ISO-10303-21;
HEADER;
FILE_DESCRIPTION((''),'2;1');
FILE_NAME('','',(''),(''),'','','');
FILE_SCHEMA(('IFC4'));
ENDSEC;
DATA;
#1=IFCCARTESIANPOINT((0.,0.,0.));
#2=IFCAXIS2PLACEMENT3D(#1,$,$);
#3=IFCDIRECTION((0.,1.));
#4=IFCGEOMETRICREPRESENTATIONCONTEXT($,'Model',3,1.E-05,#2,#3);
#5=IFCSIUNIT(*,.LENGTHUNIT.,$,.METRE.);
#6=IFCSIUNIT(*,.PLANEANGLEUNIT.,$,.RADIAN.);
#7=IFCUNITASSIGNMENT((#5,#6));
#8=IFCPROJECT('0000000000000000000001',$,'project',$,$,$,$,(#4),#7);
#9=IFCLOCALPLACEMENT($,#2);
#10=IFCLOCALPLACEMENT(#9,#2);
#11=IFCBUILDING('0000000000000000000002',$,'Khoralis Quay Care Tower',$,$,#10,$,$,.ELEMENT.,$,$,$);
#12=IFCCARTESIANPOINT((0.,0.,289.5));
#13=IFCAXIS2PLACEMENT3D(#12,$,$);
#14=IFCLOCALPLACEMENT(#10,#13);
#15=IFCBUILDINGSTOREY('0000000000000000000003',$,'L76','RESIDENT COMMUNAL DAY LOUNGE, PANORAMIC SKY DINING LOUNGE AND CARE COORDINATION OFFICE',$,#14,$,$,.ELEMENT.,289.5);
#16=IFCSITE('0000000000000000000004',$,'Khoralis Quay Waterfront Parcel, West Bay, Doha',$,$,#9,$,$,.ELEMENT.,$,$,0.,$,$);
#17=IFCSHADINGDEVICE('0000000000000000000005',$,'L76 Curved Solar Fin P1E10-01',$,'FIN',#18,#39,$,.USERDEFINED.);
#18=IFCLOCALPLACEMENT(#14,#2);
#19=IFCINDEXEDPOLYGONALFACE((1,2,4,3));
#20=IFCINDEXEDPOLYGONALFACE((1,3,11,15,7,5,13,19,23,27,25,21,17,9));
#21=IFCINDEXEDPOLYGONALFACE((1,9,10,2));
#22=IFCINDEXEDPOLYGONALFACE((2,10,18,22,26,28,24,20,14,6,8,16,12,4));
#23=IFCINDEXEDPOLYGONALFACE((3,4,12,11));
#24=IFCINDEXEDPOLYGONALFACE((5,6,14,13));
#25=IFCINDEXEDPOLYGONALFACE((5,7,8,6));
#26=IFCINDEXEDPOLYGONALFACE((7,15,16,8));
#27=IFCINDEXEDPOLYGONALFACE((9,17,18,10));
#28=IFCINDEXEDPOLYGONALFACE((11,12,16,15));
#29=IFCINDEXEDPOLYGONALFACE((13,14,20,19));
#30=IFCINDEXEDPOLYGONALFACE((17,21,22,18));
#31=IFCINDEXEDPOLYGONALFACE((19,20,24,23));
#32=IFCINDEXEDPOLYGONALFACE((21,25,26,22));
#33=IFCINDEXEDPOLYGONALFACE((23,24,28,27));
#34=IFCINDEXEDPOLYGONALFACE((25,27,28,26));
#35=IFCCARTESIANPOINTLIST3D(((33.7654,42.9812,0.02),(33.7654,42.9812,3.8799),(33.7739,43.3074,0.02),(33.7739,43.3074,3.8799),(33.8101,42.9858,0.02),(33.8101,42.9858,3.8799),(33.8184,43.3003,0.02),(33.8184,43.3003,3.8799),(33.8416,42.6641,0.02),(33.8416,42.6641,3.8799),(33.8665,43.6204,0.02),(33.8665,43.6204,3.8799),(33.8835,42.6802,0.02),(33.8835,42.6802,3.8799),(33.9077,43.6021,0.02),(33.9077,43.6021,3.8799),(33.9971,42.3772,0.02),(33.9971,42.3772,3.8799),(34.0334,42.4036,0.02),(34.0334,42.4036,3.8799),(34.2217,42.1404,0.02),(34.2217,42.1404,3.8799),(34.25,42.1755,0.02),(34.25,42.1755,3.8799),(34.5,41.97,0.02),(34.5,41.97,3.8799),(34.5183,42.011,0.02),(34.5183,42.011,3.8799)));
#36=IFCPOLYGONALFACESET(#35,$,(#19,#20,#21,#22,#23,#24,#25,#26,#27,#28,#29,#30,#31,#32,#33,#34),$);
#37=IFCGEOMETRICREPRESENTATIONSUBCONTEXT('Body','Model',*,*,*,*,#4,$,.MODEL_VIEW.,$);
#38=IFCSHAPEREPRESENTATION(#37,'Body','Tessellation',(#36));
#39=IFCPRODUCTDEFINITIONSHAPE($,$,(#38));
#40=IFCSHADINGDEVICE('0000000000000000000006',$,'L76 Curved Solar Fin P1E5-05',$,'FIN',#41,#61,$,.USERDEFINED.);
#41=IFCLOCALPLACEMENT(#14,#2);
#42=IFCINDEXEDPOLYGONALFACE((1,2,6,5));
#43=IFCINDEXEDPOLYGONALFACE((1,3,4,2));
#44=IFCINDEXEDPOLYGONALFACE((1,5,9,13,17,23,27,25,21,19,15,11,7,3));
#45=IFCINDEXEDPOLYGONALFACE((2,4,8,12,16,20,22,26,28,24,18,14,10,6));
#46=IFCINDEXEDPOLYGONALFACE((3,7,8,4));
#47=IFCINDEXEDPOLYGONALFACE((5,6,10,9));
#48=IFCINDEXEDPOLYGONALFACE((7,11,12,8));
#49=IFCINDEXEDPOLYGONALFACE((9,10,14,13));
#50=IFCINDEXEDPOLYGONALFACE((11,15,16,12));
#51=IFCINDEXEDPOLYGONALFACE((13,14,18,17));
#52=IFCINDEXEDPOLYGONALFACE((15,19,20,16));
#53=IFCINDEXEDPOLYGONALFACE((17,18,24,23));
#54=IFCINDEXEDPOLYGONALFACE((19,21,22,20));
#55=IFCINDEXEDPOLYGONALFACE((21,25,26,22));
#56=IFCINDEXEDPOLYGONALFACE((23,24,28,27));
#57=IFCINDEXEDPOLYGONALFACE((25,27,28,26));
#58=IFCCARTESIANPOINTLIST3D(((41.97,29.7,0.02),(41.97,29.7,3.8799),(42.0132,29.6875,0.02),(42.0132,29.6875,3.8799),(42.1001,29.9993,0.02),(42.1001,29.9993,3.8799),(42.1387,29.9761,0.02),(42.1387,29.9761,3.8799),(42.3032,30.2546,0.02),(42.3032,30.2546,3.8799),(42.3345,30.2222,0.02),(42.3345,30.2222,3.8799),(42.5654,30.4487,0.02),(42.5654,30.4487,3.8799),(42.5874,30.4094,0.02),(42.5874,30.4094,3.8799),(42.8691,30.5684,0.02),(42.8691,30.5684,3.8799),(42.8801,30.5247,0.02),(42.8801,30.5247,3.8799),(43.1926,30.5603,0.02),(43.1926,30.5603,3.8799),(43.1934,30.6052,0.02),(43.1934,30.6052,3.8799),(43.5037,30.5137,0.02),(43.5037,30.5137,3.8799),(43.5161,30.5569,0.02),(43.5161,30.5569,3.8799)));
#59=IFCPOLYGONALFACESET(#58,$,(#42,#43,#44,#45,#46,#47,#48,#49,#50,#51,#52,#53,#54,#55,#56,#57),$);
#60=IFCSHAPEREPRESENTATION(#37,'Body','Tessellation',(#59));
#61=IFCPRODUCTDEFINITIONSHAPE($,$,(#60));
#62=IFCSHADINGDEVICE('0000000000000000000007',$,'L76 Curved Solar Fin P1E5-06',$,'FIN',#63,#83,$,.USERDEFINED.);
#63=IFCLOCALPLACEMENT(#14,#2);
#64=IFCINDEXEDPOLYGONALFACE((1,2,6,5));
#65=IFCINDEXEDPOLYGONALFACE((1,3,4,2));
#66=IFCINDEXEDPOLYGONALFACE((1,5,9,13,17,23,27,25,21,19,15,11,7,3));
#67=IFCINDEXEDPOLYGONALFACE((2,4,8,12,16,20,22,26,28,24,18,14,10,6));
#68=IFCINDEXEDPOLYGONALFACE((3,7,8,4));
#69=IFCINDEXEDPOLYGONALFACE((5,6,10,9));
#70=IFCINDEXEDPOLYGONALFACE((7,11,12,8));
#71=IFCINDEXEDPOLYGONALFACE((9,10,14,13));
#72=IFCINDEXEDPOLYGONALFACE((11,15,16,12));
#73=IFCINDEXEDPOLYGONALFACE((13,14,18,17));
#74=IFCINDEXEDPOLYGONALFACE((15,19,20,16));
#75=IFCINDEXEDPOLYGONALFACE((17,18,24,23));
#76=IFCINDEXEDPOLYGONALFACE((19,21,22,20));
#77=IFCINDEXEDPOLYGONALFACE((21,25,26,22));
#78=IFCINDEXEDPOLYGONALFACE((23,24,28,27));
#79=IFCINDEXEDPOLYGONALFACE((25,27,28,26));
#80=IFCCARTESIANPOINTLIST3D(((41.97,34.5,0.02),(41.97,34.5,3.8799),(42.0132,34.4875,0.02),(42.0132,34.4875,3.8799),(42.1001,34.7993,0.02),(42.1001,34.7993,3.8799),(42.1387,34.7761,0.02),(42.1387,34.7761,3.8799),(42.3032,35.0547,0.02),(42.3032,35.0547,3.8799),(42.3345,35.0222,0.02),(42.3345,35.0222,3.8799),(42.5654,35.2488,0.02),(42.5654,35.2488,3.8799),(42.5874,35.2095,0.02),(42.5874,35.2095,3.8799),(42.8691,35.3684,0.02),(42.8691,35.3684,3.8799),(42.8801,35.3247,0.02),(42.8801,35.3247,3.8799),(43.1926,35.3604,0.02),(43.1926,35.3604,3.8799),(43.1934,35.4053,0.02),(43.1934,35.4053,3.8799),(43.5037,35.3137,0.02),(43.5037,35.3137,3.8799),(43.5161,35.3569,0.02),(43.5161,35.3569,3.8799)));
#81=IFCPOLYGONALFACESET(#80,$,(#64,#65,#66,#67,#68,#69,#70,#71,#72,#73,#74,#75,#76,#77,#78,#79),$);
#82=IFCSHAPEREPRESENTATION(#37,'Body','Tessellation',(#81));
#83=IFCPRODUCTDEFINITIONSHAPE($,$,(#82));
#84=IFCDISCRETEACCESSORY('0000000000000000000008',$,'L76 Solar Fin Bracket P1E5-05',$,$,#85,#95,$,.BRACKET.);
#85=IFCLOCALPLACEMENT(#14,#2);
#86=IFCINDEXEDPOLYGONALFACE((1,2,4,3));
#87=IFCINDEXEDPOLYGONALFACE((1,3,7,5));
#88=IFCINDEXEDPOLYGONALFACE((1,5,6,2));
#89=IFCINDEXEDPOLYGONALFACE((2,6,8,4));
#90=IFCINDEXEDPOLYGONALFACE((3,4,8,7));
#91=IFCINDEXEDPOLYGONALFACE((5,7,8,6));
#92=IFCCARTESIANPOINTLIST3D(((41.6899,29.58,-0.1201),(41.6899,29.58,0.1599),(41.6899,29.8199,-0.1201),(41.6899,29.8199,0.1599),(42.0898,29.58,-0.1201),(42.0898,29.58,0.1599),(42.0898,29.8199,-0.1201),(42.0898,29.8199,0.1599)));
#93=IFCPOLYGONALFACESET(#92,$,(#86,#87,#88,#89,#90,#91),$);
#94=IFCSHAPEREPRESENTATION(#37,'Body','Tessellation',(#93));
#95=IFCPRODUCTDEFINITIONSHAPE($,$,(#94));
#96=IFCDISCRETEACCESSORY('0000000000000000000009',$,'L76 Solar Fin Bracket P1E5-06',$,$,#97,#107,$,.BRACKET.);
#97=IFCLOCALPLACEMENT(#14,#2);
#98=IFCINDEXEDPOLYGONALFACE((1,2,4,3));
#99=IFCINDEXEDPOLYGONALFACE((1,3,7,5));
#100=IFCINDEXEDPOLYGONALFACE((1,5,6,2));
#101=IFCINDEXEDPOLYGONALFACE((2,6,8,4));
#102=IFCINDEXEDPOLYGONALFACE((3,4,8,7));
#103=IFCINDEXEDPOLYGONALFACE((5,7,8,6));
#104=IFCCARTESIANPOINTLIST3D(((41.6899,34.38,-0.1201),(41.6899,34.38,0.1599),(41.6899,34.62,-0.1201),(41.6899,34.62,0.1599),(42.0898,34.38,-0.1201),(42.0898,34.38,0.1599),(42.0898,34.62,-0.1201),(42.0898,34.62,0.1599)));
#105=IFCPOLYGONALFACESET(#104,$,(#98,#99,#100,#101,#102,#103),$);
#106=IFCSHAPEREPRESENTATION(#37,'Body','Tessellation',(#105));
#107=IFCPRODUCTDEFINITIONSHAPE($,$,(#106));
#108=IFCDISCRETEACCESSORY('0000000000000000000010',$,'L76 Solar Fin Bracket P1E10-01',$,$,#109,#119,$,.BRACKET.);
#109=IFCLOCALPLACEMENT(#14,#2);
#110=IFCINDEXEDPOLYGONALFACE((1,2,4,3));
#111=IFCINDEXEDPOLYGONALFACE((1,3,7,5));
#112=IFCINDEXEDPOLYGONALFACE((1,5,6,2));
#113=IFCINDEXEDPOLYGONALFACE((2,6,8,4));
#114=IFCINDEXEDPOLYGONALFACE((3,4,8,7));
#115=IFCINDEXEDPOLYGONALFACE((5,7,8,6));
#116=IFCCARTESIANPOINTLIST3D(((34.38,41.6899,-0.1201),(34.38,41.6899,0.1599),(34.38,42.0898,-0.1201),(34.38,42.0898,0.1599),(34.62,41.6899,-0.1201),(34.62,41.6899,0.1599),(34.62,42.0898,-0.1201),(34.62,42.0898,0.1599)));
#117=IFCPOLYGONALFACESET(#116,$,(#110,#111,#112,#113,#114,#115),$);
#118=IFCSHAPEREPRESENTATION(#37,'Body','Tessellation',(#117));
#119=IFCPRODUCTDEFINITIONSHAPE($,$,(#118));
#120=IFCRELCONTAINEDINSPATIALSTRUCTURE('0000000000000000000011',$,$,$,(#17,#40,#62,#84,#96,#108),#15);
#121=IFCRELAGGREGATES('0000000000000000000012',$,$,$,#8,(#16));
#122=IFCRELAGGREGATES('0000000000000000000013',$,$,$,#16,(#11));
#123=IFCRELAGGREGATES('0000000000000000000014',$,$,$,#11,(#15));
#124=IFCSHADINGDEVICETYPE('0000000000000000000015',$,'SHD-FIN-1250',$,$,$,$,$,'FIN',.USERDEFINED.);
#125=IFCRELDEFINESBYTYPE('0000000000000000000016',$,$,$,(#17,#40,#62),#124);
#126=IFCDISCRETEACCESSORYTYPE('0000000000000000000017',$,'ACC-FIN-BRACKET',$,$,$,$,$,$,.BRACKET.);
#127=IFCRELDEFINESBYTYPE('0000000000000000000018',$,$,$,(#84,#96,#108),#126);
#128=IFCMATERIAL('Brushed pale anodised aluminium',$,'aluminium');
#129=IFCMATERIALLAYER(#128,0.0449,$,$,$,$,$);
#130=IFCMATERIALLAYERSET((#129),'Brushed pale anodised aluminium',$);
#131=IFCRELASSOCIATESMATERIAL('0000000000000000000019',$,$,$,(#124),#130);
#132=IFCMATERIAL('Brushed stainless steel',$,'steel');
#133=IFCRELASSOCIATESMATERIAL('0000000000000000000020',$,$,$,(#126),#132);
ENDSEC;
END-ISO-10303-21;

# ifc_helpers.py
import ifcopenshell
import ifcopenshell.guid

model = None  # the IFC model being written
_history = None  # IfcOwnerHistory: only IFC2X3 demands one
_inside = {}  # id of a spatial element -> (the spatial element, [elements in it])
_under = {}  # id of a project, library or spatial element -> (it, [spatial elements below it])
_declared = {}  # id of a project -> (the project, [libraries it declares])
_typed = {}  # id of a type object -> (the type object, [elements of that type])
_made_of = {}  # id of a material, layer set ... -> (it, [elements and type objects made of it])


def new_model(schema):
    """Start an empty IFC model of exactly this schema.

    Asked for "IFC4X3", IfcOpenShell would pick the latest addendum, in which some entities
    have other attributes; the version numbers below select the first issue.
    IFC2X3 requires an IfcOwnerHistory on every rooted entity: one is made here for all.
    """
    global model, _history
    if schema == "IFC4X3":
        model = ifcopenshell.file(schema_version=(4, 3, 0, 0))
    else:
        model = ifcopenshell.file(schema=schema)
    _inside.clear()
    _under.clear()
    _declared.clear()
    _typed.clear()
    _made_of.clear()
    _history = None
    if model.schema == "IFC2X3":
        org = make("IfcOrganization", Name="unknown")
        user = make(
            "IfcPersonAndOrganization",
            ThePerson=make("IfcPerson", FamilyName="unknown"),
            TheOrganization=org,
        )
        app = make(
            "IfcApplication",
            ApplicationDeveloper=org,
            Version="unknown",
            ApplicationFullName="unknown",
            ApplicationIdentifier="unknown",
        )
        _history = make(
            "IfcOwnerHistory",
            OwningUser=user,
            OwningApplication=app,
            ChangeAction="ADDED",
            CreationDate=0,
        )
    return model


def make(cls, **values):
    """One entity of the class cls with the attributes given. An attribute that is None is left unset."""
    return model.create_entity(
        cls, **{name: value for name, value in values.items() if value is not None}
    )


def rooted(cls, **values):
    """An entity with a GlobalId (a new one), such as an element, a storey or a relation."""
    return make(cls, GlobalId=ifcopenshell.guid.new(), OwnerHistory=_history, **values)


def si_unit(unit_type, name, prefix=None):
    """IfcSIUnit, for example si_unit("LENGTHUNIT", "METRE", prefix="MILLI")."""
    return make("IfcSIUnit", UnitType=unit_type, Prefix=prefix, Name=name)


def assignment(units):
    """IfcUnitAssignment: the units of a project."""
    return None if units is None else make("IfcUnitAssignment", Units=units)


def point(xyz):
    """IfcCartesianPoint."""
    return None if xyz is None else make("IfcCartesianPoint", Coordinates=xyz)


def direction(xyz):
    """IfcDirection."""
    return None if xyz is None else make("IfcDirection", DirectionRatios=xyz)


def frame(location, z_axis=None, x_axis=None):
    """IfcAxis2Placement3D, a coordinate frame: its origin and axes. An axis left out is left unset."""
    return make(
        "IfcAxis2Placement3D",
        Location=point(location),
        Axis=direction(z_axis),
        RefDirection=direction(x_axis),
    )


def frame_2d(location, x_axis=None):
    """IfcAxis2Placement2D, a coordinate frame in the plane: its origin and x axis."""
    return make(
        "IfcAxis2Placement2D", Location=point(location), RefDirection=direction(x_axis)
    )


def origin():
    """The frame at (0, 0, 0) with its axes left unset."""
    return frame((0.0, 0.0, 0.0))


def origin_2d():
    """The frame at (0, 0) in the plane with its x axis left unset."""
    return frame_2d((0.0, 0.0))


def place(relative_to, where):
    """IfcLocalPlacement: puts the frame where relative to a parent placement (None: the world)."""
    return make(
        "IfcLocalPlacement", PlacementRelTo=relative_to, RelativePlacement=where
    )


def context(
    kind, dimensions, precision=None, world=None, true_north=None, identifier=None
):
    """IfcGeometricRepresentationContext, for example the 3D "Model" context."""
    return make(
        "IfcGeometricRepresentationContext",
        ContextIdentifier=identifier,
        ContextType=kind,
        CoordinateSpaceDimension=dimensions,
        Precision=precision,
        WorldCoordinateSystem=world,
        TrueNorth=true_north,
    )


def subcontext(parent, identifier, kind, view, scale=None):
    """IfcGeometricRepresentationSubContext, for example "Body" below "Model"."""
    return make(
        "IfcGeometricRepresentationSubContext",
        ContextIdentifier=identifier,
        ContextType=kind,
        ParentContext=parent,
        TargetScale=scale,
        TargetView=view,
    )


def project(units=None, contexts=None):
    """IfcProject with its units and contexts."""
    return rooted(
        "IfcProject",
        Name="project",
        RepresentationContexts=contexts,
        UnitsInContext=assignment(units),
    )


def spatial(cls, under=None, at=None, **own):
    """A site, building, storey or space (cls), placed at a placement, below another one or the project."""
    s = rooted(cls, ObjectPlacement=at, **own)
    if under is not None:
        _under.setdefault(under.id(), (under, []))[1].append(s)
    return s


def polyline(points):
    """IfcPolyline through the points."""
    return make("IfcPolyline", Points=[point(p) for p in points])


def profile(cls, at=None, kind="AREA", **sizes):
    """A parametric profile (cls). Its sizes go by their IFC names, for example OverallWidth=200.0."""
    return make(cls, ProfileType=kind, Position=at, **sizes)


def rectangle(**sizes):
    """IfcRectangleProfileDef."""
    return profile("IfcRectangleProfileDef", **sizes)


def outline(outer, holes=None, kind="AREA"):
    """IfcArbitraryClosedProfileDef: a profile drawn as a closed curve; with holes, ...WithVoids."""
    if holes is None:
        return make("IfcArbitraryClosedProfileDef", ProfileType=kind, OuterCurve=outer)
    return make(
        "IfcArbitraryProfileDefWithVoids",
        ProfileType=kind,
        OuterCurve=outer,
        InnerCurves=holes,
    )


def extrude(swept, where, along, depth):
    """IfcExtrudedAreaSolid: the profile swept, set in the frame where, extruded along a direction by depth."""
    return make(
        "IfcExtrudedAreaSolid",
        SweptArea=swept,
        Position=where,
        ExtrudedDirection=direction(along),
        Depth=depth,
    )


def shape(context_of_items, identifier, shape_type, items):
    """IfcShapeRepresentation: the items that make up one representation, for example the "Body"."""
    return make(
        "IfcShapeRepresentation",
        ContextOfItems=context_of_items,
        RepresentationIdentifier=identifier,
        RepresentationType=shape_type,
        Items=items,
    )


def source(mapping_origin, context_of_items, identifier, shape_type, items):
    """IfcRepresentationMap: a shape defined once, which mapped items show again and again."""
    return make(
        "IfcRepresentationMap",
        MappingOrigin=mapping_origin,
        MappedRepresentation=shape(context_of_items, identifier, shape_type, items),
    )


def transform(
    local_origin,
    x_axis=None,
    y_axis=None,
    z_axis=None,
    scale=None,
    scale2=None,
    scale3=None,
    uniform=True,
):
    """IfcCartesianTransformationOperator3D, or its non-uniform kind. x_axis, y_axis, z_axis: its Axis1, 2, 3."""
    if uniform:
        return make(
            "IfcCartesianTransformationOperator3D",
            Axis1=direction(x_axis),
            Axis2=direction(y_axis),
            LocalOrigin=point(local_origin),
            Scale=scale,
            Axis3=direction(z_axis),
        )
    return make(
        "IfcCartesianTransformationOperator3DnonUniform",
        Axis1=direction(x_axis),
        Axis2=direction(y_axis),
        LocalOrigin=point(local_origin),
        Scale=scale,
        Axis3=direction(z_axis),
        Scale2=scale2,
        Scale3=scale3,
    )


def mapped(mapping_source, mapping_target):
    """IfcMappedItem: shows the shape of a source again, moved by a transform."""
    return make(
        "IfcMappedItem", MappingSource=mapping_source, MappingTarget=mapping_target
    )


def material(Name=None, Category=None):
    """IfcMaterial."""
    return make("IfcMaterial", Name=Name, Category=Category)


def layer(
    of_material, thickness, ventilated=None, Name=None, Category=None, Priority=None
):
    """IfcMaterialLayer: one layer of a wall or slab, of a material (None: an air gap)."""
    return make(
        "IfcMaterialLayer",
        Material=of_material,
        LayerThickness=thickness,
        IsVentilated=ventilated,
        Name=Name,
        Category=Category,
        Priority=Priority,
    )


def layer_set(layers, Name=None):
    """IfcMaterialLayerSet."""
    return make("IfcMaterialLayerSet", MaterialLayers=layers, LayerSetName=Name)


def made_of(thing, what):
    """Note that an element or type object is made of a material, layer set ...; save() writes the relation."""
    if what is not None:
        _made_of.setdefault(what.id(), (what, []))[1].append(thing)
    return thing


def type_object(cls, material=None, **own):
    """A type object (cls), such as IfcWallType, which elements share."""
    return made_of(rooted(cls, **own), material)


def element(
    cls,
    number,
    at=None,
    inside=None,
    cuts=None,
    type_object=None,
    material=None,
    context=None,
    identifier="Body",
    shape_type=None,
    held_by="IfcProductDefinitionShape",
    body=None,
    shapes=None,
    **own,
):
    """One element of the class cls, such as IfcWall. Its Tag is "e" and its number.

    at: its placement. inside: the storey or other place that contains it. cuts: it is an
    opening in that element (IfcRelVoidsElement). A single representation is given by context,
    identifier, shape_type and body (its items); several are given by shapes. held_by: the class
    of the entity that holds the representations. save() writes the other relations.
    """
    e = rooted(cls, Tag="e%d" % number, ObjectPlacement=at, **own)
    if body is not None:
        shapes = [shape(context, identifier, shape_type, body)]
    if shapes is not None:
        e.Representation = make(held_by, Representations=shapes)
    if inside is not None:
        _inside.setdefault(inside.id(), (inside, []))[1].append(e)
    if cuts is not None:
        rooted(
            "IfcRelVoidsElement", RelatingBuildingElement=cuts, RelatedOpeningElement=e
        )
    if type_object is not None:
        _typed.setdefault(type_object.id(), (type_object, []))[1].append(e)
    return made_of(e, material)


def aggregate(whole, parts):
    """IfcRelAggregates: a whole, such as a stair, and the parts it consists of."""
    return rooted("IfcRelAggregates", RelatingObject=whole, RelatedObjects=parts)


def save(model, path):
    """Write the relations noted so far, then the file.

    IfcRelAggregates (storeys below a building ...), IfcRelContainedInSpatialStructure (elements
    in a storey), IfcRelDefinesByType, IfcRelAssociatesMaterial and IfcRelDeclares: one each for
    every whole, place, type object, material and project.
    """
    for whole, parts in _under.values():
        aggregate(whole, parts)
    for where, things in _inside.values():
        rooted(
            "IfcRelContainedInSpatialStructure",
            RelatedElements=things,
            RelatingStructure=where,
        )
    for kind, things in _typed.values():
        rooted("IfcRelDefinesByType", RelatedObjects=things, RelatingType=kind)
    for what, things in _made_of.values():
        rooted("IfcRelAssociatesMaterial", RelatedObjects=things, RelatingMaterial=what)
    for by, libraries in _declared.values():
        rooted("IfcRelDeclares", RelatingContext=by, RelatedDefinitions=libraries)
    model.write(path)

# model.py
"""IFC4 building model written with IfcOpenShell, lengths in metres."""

from ifc_helpers import new_model, si_unit, direction, frame, origin, origin_2d, place, context, subcontext, project, spatial, polyline, rectangle, outline, extrude, source, transform, mapped, material, layer, layer_set, type_object, element, save


model = new_model("IFC4")

# Units and contexts
model_context = context("Model", 3, precision=1e-05, world=origin(), true_north=direction((0.0, 1.0)))
body_context = subcontext(model_context, "Body", "Model", "MODEL_VIEW")
ifc_project = project(units=[si_unit("LENGTHUNIT", "METRE"), si_unit("PLANEANGLEUNIT", "RADIAN")], contexts=[model_context])

# Site, building, storey
site_placement = place(None, origin())
site = spatial("IfcSite", under=ifc_project, at=site_placement, Name="Khoralis Quay Waterfront Parcel, West Bay, Doha", CompositionType="ELEMENT", RefElevation=0.0)
building_placement = place(site_placement, origin())
building = spatial("IfcBuilding", under=site, at=building_placement, Name="Khoralis Quay Care Tower", CompositionType="ELEMENT")
storey_placement = place(building_placement, frame((0.0, 0.0, 289.5)))
storey = spatial("IfcBuildingStorey", under=building, at=storey_placement, Name="L76", Description="RESIDENT COMMUNAL DAY LOUNGE, PANORAMIC SKY DINING LOUNGE AND CARE COORDINATION OFFICE", CompositionType="ELEMENT", Elevation=289.5)

# Shading devices
ifc_material_1 = material(Name="Brushed pale anodised aluminium", Category="aluminium")
ifc_layer_1 = layer(ifc_material_1, 0.0449)
ifc_layer_set_1 = layer_set([ifc_layer_1], Name="Brushed pale anodised aluminium")
shading_device_type = type_object("IfcShadingDeviceType", Name="SHD-FIN-1250", ElementType="FIN", PredefinedType="USERDEFINED", material=ifc_layer_set_1)
shared_shape_1 = source(origin(), body_context, "Body", "SweptSolid", [
    extrude(outline(polyline([(0.0, 0.0), (0.1704, 0.2783), (0.4072, 0.5029), (0.6941, 0.6584), (1.0112, 0.7346), (1.3374, 0.7261), (1.6504, 0.6335), (1.6321, 0.5923), (1.3303, 0.6816), (1.0159, 0.6899), (0.7102, 0.6165), (0.4336, 0.4666), (0.2056, 0.25), (0.041, -0.0183), (0.0, 0.0)])), origin(), (0.0, 0.0, 1.0), 3.8599),
])
shading_device_placement = place(storey_placement, frame((34.5, 41.97, 0.02), z_axis=(0.0, 0.0, 1.0), x_axis=(0.0, 1.0, 0.0)))
element("IfcShadingDevice", 1, at=shading_device_placement, inside=storey, type_object=shading_device_type, Name="L76 Curved Solar Fin P1E10-01", ObjectType="FIN", PredefinedType="USERDEFINED", context=body_context, shape_type="MappedRepresentation", body=[
    mapped(shared_shape_1, transform((0.0, 0.0, 0.0), scale=1.0)),
])
shared_shape_2 = source(origin(), body_context, "Body", "SweptSolid", [
    extrude(outline(polyline([(0.0, 0.0), (0.1301, 0.2993), (0.3333, 0.5547), (0.5955, 0.7488), (0.8992, 0.8684), (1.2234, 0.9053), (1.5461, 0.8569), (1.5337, 0.8137), (1.2227, 0.8604), (0.9102, 0.8247), (0.6174, 0.7095), (0.3645, 0.5222), (0.1687, 0.2761), (0.0432, -0.0125), (0.0, 0.0)])), origin(), (0.0, 0.0, 1.0), 3.8599),
])
for number, where, z_axis, x_axis, name in (
    (2, (41.97, 29.7, 0.02), (0.0, 0.0, 1.0), (1.0, 0.0, 0.0), "L76 Curved Solar Fin P1E5-05"),
    (3, (41.97, 34.5, 0.02), (0.0, 0.0, 1.0), (1.0, 0.0, 0.0), "L76 Curved Solar Fin P1E5-06"),
):
    element("IfcShadingDevice", number, at=place(storey_placement, frame(where, z_axis=z_axis, x_axis=x_axis)), inside=storey, type_object=shading_device_type, Name=name, ObjectType="FIN", PredefinedType="USERDEFINED", context=body_context, shape_type="MappedRepresentation", body=[
        mapped(shared_shape_2, transform((0.0, 0.0, 0.0), scale=1.0)),
    ])

# Discrete accessories
ifc_material_2 = material(Name="Brushed stainless steel", Category="steel")
discrete_accessory_type = type_object("IfcDiscreteAccessoryType", Name="ACC-FIN-BRACKET", PredefinedType="BRACKET", material=ifc_material_2)
shared_shape_3 = source(origin(), body_context, "Body", "SweptSolid", [
    extrude(rectangle(XDim=0.3999, YDim=0.24, at=origin_2d()), origin(), (0.0, 0.0, 1.0), 0.28),
])
for number, where, z_axis, x_axis, name in (
    (4, (41.8899, 29.7, -0.1201), (0.0, 0.0, 1.0), (1.0, 0.0, 0.0), "L76 Solar Fin Bracket P1E5-05"),
    (5, (41.8899, 34.5, -0.1201), (0.0, 0.0, 1.0), (1.0, 0.0, 0.0), "L76 Solar Fin Bracket P1E5-06"),
    (6, (34.5, 41.8899, -0.1201), (0.0, 0.0, 1.0), (0.0, 1.0, 0.0), "L76 Solar Fin Bracket P1E10-01"),
):
    element("IfcDiscreteAccessory", number, at=place(storey_placement, frame(where, z_axis=z_axis, x_axis=x_axis)), inside=storey, type_object=discrete_accessory_type, Name=name, PredefinedType="BRACKET", context=body_context, shape_type="MappedRepresentation", body=[
        mapped(shared_shape_3, transform((0.0, 0.0, 0.0), scale=1.0)),
    ])

save(model, "model.ifc")
